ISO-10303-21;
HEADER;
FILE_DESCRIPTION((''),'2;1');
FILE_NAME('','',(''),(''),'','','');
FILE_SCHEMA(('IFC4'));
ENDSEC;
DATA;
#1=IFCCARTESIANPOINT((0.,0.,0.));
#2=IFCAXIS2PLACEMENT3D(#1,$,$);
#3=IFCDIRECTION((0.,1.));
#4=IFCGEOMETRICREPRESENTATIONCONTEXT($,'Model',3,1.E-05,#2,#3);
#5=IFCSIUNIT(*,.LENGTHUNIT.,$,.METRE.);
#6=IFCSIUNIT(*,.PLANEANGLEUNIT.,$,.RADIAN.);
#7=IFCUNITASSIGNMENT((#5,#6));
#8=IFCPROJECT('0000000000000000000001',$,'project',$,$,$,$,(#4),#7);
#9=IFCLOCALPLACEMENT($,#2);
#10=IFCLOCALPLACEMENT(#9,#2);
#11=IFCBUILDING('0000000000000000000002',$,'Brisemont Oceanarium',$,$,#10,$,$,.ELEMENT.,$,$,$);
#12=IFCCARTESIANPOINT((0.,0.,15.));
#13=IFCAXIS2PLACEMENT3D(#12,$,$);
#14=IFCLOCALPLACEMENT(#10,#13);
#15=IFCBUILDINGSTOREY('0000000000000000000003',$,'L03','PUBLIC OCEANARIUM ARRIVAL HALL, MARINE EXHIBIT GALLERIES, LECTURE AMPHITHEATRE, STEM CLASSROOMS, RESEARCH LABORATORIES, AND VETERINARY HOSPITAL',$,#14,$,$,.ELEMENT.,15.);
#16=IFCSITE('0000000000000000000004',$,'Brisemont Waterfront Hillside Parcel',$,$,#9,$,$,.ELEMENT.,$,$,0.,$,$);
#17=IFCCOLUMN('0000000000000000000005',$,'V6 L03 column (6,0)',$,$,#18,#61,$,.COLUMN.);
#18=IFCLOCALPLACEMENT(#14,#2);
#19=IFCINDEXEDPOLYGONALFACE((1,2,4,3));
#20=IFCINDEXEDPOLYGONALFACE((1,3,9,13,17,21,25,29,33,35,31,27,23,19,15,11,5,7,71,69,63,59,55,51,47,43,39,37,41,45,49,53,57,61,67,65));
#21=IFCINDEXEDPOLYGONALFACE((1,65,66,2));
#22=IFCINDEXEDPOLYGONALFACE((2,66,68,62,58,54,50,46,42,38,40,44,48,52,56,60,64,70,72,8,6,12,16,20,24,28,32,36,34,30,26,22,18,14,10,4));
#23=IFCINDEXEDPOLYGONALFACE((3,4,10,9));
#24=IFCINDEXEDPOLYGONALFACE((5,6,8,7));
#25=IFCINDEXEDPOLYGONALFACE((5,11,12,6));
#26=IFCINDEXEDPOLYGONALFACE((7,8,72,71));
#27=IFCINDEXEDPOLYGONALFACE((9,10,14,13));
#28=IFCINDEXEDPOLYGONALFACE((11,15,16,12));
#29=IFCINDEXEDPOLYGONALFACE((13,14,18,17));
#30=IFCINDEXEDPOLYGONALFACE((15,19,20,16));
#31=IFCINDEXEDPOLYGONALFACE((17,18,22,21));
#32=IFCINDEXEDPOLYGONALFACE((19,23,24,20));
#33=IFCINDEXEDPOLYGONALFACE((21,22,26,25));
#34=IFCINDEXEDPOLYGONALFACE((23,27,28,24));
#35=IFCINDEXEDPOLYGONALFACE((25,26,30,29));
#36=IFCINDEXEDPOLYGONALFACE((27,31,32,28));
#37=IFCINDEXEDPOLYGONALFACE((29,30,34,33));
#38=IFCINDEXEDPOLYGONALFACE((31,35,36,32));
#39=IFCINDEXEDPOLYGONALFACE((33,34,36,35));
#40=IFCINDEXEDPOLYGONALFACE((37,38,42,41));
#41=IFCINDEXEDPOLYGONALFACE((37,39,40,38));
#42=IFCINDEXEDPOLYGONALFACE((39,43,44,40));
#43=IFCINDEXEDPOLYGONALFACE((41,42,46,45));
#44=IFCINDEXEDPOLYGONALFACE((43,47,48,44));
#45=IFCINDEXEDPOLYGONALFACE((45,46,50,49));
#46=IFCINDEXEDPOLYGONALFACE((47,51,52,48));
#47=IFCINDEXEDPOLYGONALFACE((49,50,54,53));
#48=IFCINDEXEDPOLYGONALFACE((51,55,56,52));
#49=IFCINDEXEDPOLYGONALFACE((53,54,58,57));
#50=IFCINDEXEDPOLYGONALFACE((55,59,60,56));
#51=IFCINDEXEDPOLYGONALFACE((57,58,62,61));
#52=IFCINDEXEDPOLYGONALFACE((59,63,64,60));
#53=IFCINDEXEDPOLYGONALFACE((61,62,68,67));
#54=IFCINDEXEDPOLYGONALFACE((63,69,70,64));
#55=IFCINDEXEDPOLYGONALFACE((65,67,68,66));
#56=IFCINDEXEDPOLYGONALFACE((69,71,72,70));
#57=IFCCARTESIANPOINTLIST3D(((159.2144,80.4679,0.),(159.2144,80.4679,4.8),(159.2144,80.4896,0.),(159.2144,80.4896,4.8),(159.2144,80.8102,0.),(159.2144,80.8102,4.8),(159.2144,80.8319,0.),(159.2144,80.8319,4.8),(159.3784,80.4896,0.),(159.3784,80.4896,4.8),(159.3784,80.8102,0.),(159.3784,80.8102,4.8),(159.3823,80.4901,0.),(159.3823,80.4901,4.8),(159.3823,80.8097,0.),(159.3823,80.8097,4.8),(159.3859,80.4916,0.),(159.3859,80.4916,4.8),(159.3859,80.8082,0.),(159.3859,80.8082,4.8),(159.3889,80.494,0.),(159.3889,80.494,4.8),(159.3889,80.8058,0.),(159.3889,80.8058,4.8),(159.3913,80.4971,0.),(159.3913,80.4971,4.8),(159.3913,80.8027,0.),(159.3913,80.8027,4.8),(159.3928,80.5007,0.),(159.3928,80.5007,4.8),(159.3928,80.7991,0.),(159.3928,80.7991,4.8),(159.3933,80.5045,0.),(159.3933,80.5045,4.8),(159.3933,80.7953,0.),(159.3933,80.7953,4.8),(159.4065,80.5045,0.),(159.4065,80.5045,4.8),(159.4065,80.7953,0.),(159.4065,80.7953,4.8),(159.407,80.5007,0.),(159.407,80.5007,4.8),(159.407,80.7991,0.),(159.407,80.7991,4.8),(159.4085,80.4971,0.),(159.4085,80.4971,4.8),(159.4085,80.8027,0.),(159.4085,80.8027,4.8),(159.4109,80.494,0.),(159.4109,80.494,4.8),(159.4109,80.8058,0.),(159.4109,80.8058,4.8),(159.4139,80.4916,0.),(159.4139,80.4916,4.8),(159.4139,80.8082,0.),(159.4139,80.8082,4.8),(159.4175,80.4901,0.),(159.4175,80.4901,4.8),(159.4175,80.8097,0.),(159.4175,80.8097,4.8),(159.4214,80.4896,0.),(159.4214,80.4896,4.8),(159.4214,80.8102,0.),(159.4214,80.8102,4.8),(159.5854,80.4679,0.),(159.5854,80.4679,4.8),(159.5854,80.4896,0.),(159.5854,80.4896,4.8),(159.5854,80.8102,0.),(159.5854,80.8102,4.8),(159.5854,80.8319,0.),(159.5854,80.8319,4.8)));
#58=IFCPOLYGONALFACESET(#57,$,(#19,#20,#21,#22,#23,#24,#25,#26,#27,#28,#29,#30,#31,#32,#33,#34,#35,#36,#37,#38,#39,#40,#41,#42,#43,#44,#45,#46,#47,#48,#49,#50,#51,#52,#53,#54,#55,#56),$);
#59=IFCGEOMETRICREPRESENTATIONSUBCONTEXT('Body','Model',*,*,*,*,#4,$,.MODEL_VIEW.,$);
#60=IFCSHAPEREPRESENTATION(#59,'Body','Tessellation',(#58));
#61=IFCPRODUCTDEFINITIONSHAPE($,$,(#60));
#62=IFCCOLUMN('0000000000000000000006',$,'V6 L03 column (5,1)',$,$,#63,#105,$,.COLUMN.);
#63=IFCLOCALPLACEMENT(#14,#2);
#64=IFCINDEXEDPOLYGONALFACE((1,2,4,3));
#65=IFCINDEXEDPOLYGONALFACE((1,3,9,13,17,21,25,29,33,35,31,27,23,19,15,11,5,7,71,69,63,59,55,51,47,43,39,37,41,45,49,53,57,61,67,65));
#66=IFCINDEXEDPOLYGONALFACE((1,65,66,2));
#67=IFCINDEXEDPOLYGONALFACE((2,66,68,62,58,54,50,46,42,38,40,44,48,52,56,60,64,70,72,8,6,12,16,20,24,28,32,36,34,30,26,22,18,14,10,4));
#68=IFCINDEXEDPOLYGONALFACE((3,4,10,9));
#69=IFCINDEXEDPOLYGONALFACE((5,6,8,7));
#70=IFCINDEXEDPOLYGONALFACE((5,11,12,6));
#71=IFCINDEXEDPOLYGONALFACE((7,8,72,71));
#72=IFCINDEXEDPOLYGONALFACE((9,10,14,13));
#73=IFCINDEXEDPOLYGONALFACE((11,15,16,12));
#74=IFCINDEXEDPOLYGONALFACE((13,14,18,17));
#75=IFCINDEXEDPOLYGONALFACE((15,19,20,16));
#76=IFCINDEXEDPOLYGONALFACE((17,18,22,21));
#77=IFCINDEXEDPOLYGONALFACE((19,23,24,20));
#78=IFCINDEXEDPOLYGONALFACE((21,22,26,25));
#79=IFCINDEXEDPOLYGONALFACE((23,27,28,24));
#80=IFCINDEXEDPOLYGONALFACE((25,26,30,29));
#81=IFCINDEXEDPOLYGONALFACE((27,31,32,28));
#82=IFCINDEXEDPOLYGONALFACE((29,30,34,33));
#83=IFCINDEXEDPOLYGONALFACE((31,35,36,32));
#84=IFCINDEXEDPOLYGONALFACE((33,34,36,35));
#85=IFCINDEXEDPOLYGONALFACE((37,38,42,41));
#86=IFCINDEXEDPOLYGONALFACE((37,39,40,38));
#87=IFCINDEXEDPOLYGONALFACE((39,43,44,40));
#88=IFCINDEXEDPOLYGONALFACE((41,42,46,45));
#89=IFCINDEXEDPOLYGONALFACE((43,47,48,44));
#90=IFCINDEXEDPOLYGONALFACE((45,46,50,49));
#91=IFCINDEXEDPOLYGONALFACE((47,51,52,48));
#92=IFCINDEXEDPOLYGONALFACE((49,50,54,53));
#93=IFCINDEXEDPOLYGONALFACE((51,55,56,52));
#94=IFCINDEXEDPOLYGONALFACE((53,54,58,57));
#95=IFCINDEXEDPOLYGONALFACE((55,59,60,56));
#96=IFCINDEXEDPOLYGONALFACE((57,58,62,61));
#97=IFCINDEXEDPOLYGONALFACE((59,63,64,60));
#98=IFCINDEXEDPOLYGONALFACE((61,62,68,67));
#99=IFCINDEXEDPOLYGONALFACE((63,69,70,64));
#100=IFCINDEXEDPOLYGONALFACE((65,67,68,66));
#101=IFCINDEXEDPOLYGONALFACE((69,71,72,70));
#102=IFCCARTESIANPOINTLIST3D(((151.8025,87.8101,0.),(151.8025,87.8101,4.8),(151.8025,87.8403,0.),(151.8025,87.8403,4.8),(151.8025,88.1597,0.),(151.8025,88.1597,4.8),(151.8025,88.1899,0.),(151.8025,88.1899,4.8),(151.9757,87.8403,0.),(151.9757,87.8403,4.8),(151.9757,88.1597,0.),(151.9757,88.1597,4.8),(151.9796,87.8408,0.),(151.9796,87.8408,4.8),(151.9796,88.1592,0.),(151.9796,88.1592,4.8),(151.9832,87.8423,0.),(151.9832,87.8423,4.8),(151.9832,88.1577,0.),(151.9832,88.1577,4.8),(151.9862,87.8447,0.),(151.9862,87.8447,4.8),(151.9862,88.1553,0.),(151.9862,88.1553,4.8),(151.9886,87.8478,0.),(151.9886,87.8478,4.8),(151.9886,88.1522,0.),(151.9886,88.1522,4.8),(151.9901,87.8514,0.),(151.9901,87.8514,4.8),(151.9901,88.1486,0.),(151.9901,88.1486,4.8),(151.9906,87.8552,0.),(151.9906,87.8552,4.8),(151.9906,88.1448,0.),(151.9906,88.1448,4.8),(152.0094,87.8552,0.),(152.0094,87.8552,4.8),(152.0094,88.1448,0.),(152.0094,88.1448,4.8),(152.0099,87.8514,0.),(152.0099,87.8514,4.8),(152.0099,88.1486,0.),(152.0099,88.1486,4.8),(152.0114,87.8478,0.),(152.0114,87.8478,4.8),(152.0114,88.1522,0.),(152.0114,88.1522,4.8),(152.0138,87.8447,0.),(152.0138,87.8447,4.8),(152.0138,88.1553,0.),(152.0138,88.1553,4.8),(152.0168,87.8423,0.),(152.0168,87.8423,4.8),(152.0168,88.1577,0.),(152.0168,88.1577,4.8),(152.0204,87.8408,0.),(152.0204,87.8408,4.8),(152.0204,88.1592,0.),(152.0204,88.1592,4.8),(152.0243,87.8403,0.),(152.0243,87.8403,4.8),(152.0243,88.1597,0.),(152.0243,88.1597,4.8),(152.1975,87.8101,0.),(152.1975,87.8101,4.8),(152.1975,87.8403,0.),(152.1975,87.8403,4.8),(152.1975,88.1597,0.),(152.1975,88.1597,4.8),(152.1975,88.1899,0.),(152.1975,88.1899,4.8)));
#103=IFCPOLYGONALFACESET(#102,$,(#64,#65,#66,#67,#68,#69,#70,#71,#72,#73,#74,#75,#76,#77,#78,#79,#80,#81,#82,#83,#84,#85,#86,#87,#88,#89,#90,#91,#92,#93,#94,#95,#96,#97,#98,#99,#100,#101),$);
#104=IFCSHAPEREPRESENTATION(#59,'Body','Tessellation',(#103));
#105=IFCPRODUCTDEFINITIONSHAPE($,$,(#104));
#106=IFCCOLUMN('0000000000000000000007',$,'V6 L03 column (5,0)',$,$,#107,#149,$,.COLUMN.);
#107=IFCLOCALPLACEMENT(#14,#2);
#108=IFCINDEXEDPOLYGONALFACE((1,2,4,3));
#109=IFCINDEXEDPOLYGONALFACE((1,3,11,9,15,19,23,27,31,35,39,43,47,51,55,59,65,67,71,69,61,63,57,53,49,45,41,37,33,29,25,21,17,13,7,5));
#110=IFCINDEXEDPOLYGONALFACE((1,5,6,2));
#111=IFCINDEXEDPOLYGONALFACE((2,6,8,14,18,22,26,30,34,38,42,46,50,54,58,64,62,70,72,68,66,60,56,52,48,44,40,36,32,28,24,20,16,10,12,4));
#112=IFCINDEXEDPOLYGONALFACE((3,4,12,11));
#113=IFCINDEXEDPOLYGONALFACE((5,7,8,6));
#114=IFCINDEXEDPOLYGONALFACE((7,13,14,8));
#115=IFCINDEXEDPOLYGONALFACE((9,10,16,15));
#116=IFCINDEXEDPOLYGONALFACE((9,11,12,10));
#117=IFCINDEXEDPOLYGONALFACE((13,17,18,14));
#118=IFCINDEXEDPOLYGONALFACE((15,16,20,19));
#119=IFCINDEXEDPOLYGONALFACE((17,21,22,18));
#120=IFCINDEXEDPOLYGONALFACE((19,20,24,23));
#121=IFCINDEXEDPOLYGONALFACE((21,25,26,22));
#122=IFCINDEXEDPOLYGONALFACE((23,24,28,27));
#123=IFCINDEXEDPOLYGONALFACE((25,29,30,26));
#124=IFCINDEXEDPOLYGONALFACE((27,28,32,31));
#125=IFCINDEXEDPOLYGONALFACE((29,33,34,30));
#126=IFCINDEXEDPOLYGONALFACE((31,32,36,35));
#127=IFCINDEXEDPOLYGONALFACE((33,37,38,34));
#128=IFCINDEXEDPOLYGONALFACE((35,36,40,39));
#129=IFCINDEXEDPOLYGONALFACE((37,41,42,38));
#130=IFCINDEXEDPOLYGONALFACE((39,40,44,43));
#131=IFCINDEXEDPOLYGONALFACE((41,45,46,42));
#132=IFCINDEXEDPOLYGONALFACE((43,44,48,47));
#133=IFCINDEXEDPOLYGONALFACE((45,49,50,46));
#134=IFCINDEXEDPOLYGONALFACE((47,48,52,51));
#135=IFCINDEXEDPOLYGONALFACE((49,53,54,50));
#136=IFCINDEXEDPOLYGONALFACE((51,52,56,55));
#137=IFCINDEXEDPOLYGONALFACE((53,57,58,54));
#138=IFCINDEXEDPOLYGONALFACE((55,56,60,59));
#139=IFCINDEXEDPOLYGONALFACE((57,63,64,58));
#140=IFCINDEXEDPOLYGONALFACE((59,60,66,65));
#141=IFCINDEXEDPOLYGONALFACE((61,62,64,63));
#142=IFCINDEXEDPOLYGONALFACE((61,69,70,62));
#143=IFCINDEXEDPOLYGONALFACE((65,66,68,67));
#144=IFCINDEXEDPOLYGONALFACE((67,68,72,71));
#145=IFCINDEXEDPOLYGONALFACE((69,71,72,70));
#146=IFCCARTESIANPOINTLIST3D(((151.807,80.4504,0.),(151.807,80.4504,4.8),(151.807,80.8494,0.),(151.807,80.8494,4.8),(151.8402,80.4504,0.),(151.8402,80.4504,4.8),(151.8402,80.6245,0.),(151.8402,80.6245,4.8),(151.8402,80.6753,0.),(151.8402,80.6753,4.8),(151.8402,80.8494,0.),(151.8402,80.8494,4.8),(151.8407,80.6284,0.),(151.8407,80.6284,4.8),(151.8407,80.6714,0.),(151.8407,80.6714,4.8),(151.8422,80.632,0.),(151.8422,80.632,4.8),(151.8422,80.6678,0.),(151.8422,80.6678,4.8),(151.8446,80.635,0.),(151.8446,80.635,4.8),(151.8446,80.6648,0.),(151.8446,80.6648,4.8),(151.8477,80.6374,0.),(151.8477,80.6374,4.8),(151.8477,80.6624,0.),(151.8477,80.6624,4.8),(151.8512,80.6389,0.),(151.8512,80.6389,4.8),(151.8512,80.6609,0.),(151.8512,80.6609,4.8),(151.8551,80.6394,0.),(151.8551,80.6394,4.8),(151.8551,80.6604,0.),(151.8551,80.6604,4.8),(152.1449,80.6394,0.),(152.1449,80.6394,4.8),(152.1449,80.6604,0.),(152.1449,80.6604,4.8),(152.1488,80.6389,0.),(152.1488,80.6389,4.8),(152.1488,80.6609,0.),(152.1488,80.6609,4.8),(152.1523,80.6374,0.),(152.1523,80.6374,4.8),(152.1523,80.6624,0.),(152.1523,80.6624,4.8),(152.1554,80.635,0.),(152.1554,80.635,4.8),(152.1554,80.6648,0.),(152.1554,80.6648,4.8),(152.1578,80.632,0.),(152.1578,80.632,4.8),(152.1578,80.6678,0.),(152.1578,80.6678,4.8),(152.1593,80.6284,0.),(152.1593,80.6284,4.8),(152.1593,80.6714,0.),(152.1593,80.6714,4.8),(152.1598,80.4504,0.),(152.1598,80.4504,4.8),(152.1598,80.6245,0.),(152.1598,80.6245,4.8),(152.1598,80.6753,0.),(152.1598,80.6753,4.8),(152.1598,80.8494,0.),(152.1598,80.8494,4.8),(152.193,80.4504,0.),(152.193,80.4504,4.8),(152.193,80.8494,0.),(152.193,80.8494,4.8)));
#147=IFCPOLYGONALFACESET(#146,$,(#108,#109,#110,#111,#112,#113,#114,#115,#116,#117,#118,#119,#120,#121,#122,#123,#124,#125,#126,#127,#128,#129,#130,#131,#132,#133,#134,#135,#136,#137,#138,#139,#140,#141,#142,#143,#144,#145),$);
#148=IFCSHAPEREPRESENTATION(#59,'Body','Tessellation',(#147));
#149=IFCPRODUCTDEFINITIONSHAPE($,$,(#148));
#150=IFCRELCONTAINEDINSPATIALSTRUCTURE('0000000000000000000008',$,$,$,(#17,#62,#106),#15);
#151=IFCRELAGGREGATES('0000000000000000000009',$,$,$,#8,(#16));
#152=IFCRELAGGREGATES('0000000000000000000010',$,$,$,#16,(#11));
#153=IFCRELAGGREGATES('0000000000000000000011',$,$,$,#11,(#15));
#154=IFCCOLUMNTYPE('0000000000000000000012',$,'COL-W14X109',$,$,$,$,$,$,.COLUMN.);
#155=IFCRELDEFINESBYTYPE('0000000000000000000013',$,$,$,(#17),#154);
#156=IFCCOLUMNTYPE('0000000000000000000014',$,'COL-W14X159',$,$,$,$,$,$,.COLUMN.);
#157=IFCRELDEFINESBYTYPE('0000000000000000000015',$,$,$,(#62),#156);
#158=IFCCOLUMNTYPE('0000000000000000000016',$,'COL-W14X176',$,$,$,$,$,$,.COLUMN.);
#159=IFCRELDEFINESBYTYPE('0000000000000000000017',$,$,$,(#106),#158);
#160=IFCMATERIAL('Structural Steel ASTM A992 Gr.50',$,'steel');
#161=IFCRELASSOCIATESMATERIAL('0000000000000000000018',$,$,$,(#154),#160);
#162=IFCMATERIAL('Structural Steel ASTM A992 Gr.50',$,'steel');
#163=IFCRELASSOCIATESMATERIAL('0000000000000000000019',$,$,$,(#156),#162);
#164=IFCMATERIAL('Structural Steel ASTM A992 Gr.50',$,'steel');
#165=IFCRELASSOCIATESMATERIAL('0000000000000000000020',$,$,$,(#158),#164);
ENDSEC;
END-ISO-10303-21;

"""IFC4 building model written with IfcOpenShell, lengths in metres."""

from ifc_helpers import new_model, si_unit, direction, frame, origin, origin_2d, place, context, subcontext, project, spatial, i_section, extrude, material, material_profile, profile_set, type_object, element, save


model = new_model("IFC4")

# Units and contexts
model_context = context("Model", 3, precision=1e-05, world=origin(), true_north=direction((0.0, 1.0)))
body_context = subcontext(model_context, "Body", "Model", "MODEL_VIEW")
ifc_project = project(units=[si_unit("LENGTHUNIT", "METRE"), si_unit("PLANEANGLEUNIT", "RADIAN")], contexts=[model_context])

# Site, building, storey
site_placement = place(None, origin())
site = spatial("IfcSite", under=ifc_project, at=site_placement, Name="Brisemont Waterfront Hillside Parcel", CompositionType="ELEMENT", RefElevation=0.0)
building_placement = place(site_placement, origin())
building = spatial("IfcBuilding", under=site, at=building_placement, Name="Brisemont Oceanarium", CompositionType="ELEMENT")
storey_placement = place(building_placement, frame((0.0, 0.0, 15.0)))
storey = spatial("IfcBuildingStorey", under=building, at=storey_placement, Name="L03", Description="PUBLIC OCEANARIUM ARRIVAL HALL, MARINE EXHIBIT GALLERIES, LECTURE AMPHITHEATRE, STEM CLASSROOMS, RESEARCH LABORATORIES, AND VETERINARY HOSPITAL", CompositionType="ELEMENT", Elevation=15.0)

# Columns
ifc_material_1 = material(Name="Structural Steel ASTM A992 Gr.50", Category="steel")
ifc_material_profile_1 = material_profile(ifc_material_1, i_section(OverallWidth=0.3711, OverallDepth=0.364, WebThickness=0.0132, FlangeThickness=0.0217, FilletRadius=0.0149, at=origin_2d()), Name="W14X109")
ifc_profile_set_1 = profile_set([ifc_material_profile_1], Name="Structural Steel ASTM A992 Gr.50")
column_type_1 = type_object("IfcColumnType", Name="COL-W14X109", PredefinedType="COLUMN", material=ifc_profile_set_1)
column_1_placement = place(storey_placement, frame((159.3999, 80.6499, 0.0), z_axis=(0.0, 0.0, 1.0), x_axis=(1.0, 0.0, 0.0)))
element("IfcColumn", 1, at=column_1_placement, inside=storey, type_object=column_type_1, Name="V6 L03 column (6,0)", PredefinedType="COLUMN", context=body_context, shape_type="SweptSolid", body=[
    extrude(i_section(OverallWidth=0.3711, OverallDepth=0.364, WebThickness=0.0132, FlangeThickness=0.0217, FilletRadius=0.0149, at=origin_2d()), origin(), (0.0, 0.0, 1.0), 4.8),
])
ifc_material_2 = material(Name="Structural Steel ASTM A992 Gr.50", Category="steel")
ifc_material_profile_2 = material_profile(ifc_material_2, i_section(OverallWidth=0.395, OverallDepth=0.3799, WebThickness=0.0188, FlangeThickness=0.0303, FilletRadius=0.0149, at=origin_2d()), Name="W14X159")
ifc_profile_set_2 = profile_set([ifc_material_profile_2], Name="Structural Steel ASTM A992 Gr.50")
column_type_2 = type_object("IfcColumnType", Name="COL-W14X159", PredefinedType="COLUMN", material=ifc_profile_set_2)
column_2_placement = place(storey_placement, frame((152.0, 88.0, 0.0), z_axis=(0.0, 0.0, 1.0), x_axis=(1.0, 0.0, 0.0)))
element("IfcColumn", 2, at=column_2_placement, inside=storey, type_object=column_type_2, Name="V6 L03 column (5,1)", PredefinedType="COLUMN", context=body_context, shape_type="SweptSolid", body=[
    extrude(i_section(OverallWidth=0.395, OverallDepth=0.3799, WebThickness=0.0188, FlangeThickness=0.0303, FilletRadius=0.0149, at=origin_2d()), origin(), (0.0, 0.0, 1.0), 4.8),
])
ifc_material_3 = material(Name="Structural Steel ASTM A992 Gr.50", Category="steel")
ifc_material_profile_3 = material_profile(ifc_material_3, i_section(OverallWidth=0.3989, OverallDepth=0.386, WebThickness=0.021, FlangeThickness=0.0332, FilletRadius=0.0149, at=origin_2d()), Name="W14X176")
ifc_profile_set_3 = profile_set([ifc_material_profile_3], Name="Structural Steel ASTM A992 Gr.50")
column_type_3 = type_object("IfcColumnType", Name="COL-W14X176", PredefinedType="COLUMN", material=ifc_profile_set_3)
column_3_placement = place(storey_placement, frame((152.0, 80.6499, 0.0), z_axis=(0.0, 0.0, 1.0), x_axis=(0.0, 1.0, 0.0)))
element("IfcColumn", 3, at=column_3_placement, inside=storey, type_object=column_type_3, Name="V6 L03 column (5,0)", PredefinedType="COLUMN", context=body_context, shape_type="SweptSolid", body=[
    extrude(i_section(OverallWidth=0.3989, OverallDepth=0.386, WebThickness=0.021, FlangeThickness=0.0332, FilletRadius=0.0149, at=origin_2d()), origin(), (0.0, 0.0, 1.0), 4.8),
])

save(model, "model.ifc")
